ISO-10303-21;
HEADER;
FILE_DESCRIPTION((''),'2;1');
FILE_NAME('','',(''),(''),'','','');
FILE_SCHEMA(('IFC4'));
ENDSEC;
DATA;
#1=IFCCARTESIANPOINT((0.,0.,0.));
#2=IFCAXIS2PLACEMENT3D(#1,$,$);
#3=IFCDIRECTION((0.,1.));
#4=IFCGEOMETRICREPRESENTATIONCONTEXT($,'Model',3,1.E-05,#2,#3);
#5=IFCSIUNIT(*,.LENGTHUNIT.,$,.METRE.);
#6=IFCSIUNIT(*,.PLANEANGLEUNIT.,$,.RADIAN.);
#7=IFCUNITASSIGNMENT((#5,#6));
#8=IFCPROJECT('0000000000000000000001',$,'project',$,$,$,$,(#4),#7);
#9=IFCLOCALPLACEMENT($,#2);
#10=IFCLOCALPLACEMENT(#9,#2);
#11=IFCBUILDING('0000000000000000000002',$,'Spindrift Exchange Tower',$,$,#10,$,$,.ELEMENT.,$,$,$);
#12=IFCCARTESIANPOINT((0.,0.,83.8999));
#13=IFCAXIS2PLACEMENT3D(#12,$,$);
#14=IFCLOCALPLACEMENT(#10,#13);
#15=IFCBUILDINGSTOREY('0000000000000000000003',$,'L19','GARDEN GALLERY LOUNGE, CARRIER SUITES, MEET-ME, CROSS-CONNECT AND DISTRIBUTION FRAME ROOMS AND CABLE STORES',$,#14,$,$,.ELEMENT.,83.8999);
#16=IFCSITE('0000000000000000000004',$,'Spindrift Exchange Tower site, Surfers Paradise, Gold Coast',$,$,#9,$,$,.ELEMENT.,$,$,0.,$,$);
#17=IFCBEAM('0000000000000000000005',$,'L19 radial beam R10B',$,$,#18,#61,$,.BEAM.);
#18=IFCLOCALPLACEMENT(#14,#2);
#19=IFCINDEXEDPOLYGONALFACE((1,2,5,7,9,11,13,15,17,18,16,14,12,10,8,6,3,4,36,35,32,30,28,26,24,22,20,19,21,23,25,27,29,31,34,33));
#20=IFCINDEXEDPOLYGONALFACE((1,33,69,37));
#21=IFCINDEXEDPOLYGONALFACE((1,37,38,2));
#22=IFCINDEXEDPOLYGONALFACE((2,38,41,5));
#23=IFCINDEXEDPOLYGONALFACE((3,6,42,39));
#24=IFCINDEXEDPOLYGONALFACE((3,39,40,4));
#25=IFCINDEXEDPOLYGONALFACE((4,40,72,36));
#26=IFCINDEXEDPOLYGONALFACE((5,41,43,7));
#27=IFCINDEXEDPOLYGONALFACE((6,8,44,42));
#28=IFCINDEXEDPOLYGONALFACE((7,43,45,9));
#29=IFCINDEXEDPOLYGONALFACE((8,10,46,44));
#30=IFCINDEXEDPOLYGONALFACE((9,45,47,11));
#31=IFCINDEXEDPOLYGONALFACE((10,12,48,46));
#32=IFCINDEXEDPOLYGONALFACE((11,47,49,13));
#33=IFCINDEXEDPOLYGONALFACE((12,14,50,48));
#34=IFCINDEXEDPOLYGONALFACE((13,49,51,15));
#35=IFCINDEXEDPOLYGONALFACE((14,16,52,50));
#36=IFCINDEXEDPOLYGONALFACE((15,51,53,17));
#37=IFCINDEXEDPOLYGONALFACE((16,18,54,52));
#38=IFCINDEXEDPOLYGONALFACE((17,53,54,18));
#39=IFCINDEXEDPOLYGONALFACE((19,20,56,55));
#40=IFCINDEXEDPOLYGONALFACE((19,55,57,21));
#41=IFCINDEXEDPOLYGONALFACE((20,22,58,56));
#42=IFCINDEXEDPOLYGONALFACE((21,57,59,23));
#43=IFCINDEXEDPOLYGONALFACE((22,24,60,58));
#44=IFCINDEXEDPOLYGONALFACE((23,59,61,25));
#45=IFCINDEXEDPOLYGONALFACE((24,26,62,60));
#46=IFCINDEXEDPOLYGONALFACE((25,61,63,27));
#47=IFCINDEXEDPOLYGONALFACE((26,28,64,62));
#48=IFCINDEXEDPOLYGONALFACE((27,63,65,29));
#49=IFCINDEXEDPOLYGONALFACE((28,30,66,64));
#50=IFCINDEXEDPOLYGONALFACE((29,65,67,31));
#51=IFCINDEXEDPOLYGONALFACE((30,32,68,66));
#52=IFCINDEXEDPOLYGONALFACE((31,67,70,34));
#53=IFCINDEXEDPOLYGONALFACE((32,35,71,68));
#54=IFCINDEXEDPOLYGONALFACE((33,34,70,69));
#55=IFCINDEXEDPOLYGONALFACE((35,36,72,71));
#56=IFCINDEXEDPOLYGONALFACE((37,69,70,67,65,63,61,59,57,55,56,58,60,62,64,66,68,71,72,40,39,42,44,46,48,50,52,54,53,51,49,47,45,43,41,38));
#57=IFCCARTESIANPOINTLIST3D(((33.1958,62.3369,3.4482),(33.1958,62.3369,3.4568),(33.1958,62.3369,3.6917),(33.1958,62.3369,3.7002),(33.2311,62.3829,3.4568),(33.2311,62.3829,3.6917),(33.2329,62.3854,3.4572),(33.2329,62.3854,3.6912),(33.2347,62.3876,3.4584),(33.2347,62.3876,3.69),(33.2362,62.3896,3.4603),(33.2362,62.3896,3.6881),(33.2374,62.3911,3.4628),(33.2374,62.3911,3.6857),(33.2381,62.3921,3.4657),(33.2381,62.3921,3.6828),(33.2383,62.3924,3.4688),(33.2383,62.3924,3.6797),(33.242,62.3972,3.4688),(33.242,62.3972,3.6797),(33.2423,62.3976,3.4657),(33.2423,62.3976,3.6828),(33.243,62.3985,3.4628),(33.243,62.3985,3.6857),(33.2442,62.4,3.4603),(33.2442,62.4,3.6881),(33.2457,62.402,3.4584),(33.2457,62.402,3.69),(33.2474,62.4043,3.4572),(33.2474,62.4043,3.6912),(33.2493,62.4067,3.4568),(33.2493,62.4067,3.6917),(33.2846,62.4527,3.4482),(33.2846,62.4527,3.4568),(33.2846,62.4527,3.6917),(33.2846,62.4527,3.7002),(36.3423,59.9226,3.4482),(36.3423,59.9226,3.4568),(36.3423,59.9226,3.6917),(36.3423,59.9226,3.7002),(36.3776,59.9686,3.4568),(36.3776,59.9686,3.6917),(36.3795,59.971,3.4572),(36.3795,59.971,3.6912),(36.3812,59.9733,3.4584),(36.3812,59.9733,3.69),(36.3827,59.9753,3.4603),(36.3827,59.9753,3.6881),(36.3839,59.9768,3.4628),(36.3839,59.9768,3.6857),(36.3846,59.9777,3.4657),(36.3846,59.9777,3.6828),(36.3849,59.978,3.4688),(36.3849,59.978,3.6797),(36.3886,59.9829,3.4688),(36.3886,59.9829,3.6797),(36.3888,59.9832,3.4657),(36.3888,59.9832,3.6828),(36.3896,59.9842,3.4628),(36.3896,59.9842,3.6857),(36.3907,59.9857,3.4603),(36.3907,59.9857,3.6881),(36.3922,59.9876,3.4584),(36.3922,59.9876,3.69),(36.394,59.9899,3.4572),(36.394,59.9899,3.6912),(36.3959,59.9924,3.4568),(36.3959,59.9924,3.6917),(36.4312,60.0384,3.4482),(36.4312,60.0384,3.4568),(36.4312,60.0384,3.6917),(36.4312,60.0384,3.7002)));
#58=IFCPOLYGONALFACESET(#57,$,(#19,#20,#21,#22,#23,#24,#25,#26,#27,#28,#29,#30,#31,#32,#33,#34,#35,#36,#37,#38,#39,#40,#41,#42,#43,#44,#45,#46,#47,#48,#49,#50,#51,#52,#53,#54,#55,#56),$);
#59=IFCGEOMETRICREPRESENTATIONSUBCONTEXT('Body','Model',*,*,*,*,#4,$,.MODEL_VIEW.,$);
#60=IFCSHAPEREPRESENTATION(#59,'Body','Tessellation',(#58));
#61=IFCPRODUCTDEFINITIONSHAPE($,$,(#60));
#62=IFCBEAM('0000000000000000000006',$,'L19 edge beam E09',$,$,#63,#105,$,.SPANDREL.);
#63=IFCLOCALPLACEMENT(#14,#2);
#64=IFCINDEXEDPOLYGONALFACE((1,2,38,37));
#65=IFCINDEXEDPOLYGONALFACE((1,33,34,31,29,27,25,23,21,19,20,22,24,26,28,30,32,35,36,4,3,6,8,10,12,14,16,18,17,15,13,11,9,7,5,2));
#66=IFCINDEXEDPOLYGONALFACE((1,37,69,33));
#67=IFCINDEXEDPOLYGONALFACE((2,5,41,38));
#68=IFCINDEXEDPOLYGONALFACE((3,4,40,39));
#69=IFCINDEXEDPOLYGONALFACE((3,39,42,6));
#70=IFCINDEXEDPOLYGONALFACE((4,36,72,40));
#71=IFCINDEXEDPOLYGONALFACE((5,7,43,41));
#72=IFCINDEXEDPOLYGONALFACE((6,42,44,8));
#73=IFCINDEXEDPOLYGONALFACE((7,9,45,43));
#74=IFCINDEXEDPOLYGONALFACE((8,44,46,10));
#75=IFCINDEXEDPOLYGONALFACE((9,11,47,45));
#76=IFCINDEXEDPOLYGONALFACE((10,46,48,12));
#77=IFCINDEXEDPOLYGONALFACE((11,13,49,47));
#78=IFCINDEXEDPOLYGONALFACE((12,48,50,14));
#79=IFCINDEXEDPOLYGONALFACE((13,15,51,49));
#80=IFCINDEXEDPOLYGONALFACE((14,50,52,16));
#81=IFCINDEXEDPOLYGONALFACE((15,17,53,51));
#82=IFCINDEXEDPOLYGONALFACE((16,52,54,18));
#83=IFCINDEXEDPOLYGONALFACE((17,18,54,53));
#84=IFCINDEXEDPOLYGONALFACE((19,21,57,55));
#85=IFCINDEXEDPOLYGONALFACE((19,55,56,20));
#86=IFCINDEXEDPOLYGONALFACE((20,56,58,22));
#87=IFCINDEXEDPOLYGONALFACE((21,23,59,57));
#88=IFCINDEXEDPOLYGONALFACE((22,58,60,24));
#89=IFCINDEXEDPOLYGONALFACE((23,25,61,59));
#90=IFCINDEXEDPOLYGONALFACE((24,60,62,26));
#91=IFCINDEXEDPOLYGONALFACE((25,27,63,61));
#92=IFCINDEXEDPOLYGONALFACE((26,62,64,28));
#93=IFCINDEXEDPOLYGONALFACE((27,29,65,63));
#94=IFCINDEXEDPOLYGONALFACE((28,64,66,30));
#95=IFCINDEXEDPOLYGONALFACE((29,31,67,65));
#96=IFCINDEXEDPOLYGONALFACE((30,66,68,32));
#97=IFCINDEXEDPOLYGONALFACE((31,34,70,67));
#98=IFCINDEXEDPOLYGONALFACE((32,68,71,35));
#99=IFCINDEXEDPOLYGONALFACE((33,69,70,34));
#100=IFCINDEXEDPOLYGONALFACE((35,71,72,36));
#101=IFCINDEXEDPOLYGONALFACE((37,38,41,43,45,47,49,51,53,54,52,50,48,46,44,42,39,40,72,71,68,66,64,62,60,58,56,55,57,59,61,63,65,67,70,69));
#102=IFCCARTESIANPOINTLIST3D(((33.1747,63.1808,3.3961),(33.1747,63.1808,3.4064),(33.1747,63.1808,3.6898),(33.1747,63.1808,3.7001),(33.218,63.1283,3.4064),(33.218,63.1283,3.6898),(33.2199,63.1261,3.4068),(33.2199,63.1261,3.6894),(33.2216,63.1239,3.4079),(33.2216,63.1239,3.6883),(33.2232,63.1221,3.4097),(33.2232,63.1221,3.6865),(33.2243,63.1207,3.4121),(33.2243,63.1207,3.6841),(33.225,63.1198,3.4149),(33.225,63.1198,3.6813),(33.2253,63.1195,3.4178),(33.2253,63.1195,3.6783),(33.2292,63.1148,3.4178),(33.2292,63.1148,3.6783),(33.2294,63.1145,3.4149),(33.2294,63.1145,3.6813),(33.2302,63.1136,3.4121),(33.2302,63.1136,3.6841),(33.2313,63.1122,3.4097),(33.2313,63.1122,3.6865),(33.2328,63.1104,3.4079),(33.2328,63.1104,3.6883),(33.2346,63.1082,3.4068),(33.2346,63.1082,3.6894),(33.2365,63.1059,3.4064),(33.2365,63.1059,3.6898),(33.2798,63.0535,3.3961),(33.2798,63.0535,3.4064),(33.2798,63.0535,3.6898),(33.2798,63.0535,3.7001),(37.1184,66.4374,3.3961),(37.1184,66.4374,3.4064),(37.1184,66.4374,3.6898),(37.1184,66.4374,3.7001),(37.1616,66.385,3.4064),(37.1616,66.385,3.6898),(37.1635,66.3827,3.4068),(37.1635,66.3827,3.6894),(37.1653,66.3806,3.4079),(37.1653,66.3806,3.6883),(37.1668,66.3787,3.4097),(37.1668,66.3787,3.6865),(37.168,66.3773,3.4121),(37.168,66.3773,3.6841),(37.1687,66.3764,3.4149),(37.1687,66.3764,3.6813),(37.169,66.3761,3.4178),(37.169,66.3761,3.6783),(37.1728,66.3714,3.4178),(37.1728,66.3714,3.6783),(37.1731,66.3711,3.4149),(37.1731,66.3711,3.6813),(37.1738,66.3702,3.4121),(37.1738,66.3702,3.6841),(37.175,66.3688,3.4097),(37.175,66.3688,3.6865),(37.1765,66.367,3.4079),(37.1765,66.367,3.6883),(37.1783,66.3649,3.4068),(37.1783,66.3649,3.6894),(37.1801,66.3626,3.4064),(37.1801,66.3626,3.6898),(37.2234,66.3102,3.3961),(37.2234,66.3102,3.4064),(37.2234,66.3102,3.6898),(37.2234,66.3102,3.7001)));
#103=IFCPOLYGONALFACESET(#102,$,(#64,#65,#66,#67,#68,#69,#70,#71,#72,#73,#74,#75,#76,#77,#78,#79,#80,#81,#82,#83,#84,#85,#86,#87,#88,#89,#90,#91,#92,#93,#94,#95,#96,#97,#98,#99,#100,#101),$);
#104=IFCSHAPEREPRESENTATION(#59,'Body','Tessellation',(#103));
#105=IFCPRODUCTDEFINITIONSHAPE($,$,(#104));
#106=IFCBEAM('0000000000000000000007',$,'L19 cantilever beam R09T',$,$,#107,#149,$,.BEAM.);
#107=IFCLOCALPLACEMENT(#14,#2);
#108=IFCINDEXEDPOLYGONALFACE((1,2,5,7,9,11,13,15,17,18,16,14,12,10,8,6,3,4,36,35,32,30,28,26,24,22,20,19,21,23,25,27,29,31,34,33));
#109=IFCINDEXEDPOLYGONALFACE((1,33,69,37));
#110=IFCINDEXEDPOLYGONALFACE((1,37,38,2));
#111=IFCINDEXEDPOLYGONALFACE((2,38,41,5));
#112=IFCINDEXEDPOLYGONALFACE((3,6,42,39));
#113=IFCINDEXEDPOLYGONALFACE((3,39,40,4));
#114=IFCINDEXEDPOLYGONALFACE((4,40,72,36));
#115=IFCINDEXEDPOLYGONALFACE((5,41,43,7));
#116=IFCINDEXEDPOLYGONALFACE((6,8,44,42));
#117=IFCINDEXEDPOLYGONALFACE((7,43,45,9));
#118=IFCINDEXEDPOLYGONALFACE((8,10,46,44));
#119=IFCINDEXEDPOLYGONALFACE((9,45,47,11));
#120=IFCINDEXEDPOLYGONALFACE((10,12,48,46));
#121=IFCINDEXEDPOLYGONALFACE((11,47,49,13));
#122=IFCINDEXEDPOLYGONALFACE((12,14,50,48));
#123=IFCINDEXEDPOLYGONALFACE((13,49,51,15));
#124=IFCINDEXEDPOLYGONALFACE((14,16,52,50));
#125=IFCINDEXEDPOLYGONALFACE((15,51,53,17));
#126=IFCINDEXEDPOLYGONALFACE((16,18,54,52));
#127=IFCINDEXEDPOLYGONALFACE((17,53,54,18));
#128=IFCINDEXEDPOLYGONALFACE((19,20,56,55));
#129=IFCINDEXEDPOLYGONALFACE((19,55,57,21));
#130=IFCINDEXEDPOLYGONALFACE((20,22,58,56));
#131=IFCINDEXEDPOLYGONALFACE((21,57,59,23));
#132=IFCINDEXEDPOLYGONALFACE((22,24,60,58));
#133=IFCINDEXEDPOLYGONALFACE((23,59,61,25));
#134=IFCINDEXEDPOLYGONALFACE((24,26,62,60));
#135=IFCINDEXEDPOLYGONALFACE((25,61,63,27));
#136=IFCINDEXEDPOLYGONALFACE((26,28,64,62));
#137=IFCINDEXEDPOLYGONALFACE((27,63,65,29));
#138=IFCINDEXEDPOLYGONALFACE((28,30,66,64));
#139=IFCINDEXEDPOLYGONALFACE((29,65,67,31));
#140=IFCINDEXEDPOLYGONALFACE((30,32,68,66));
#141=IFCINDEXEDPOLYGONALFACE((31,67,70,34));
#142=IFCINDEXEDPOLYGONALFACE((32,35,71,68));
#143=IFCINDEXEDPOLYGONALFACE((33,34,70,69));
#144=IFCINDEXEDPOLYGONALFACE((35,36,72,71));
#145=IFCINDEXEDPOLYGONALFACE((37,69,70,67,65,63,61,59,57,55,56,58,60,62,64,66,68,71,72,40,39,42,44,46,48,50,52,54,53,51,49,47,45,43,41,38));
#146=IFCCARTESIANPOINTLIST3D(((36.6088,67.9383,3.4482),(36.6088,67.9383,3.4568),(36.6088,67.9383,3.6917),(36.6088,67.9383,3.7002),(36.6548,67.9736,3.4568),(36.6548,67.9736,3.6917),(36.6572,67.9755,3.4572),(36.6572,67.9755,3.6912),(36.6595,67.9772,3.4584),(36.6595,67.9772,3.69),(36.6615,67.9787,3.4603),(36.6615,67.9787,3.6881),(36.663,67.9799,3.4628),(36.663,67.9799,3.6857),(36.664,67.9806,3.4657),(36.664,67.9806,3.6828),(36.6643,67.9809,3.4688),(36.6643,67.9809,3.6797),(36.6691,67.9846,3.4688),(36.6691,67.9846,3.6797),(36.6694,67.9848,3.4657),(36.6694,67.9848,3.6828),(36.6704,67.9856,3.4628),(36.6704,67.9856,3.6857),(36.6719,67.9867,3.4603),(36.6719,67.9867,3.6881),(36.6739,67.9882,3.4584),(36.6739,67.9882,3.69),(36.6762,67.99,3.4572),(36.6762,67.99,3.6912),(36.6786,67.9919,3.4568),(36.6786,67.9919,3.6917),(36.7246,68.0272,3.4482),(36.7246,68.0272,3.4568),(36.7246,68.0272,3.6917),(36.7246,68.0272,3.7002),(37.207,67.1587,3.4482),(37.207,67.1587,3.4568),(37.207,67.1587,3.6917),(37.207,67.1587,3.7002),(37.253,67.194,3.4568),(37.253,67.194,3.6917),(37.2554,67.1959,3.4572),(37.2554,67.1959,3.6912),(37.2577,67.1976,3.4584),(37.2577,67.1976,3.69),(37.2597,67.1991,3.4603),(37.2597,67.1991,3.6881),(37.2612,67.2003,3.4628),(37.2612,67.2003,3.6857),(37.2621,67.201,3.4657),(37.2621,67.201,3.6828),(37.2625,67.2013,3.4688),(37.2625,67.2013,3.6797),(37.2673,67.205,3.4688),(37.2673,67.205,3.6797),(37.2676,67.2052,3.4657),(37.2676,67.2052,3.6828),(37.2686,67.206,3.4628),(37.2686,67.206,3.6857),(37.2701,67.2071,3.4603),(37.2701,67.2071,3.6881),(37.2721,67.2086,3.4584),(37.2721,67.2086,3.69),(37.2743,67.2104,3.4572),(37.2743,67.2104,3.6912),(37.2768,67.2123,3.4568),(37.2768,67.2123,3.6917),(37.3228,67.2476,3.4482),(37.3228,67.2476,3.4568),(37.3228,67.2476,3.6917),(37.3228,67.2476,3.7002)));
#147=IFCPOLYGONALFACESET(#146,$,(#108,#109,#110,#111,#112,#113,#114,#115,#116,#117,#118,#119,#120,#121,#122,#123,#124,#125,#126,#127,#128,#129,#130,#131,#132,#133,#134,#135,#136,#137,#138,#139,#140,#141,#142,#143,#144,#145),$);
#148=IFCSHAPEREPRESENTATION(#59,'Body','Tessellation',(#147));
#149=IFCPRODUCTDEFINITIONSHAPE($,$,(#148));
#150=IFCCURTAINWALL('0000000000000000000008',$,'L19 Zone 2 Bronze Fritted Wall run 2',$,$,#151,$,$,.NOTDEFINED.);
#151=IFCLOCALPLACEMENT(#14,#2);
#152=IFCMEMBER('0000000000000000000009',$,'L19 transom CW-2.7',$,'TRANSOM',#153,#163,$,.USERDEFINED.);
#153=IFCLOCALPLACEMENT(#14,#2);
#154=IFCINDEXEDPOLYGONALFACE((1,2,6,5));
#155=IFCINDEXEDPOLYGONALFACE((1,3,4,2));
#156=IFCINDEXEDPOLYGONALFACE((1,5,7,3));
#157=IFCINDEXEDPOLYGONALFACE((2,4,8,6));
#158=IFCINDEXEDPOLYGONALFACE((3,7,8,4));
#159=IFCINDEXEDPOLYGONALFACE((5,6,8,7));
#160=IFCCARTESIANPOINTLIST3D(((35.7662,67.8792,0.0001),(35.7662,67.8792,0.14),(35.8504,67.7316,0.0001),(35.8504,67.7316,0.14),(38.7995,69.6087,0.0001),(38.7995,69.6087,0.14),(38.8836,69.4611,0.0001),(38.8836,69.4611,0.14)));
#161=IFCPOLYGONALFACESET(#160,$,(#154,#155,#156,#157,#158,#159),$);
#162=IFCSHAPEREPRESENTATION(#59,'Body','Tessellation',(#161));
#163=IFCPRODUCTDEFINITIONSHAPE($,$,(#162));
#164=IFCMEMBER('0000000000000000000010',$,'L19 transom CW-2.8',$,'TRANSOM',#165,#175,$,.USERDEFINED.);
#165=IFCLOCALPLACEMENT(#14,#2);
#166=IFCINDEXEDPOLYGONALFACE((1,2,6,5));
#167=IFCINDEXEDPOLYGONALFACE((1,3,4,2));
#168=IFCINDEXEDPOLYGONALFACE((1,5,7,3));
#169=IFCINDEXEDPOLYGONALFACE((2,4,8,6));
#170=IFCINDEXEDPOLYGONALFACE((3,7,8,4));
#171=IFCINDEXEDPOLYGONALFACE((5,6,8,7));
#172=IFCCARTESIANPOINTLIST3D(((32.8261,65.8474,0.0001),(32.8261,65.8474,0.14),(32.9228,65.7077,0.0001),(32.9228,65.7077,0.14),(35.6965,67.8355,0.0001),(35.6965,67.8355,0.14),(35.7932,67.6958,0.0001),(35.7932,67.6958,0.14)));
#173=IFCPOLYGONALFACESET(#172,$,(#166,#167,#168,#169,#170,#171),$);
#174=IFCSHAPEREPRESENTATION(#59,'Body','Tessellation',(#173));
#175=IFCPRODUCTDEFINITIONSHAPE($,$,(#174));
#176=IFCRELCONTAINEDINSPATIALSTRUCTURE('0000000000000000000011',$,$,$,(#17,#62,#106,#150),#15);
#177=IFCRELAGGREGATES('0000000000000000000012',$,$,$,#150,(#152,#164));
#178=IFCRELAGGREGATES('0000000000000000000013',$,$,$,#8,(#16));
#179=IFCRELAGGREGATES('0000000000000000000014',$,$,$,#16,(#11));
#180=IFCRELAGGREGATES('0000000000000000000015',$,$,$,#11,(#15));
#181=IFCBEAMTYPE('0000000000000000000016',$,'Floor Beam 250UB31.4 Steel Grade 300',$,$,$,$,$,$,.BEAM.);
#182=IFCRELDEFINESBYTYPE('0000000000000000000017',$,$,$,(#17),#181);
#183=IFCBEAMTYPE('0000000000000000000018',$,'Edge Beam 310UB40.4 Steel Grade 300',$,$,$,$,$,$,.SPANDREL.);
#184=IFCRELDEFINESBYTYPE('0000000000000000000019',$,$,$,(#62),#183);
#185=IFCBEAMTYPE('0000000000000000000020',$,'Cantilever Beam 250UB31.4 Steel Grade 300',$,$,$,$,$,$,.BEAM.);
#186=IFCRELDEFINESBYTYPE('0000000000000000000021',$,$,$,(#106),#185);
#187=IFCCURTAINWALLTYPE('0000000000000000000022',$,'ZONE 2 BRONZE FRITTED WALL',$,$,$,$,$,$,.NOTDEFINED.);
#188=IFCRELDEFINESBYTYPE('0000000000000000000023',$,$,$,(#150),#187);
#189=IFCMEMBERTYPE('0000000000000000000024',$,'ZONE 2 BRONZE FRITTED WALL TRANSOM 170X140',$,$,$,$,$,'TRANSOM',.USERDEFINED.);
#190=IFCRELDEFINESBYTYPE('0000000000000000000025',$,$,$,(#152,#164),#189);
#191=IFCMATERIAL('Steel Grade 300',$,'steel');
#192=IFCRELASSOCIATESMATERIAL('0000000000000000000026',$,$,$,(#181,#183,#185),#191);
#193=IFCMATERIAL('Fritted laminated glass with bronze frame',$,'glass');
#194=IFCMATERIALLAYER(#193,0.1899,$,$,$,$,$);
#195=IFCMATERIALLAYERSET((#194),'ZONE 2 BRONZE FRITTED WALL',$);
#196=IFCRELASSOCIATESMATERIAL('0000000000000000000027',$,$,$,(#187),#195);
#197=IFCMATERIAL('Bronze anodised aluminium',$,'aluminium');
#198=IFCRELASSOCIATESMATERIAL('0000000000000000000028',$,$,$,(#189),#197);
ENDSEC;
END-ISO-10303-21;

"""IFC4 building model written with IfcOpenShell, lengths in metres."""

from ifc_helpers import new_model, si_unit, direction, frame, origin, origin_2d, place, context, subcontext, project, spatial, rectangle, i_section, extrude, source, transform, mapped, material, layer, layer_set, material_profile, profile_set, type_object, element, aggregate, save


model = new_model("IFC4")

# Units and contexts
model_context = context("Model", 3, precision=1e-05, world=origin(), true_north=direction((0.0, 1.0)))
body_context = subcontext(model_context, "Body", "Model", "MODEL_VIEW")
ifc_project = project(units=[si_unit("LENGTHUNIT", "METRE"), si_unit("PLANEANGLEUNIT", "RADIAN")], contexts=[model_context])

# Site, building, storey
site_placement = place(None, origin())
site = spatial("IfcSite", under=ifc_project, at=site_placement, Name="Spindrift Exchange Tower site, Surfers Paradise, Gold Coast", CompositionType="ELEMENT", RefElevation=0.0)
building_placement = place(site_placement, origin())
building = spatial("IfcBuilding", under=site, at=building_placement, Name="Spindrift Exchange Tower", CompositionType="ELEMENT")
storey_placement = place(building_placement, frame((0.0, 0.0, 83.8999)))
storey = spatial("IfcBuildingStorey", under=building, at=storey_placement, Name="L19", Description="GARDEN GALLERY LOUNGE, CARRIER SUITES, MEET-ME, CROSS-CONNECT AND DISTRIBUTION FRAME ROOMS AND CABLE STORES", CompositionType="ELEMENT", Elevation=83.8999)

# Beams
ifc_material_1 = material(Name="Steel Grade 300", Category="steel")
ifc_material_profile_1 = material_profile(ifc_material_1, i_section(OverallWidth=0.146, OverallDepth=0.252, WebThickness=0.0061, FlangeThickness=0.0085, FilletRadius=0.012, at=origin_2d()), Name="250UB31.4")
ifc_profile_set_1 = profile_set([ifc_material_profile_1], Name="Steel Grade 300")
beam_type_1 = type_object("IfcBeamType", Name="Floor Beam 250UB31.4 Steel Grade 300", PredefinedType="BEAM", material=ifc_profile_set_1)
shared_shape_1 = source(origin(), body_context, "Body", "SweptSolid", [
    extrude(i_section(OverallWidth=0.146, OverallDepth=0.252, WebThickness=0.0061, FlangeThickness=0.0085, FilletRadius=0.012, at=origin_2d()), origin(), (0.0, 0.0, 1.0), 3.9661),
])
beam_1_placement = place(storey_placement, frame((36.3867, 59.9805, 3.5742), z_axis=(-0.793363, 0.608749, 0.0), x_axis=(-0.608749, -0.793363, 0.0)))
element("IfcBeam", 1, at=beam_1_placement, inside=storey, type_object=beam_type_1, Name="L19 radial beam R10B", PredefinedType="BEAM", context=body_context, shape_type="MappedRepresentation", body=[
    mapped(shared_shape_1, transform((0.0, 0.0, 0.0), scale=1.0)),
])
ifc_material_profile_2 = material_profile(ifc_material_1, i_section(OverallWidth=0.165, OverallDepth=0.304, WebThickness=0.0061, FlangeThickness=0.0103, FilletRadius=0.0115, at=origin_2d()), Name="310UB40.4")
ifc_profile_set_2 = profile_set([ifc_material_profile_2], Name="Steel Grade 300")
beam_type_2 = type_object("IfcBeamType", Name="Edge Beam 310UB40.4 Steel Grade 300", PredefinedType="SPANDREL", material=ifc_profile_set_2)
shared_shape_2 = source(origin(), body_context, "Body", "SweptSolid", [
    extrude(i_section(OverallWidth=0.165, OverallDepth=0.304, WebThickness=0.0061, FlangeThickness=0.0103, FilletRadius=0.0115, at=origin_2d()), origin(), (0.0, 0.0, 1.0), 5.1145),
])
beam_2_placement = place(storey_placement, frame((37.1709, 66.3738, 3.5481), z_axis=(-0.771074, -0.636746, 0.0), x_axis=(0.636746, -0.771074, 0.0)))
element("IfcBeam", 2, at=beam_2_placement, inside=storey, type_object=beam_type_2, Name="L19 edge beam E09", PredefinedType="SPANDREL", context=body_context, shape_type="MappedRepresentation", body=[
    mapped(shared_shape_2, transform((0.0, 0.0, 0.0), scale=1.0)),
])
ifc_material_profile_3 = material_profile(ifc_material_1, i_section(OverallWidth=0.146, OverallDepth=0.252, WebThickness=0.0061, FlangeThickness=0.0085, FilletRadius=0.012, at=origin_2d()), Name="250UB31.4")
ifc_profile_set_3 = profile_set([ifc_material_profile_3], Name="Steel Grade 300")
beam_type_3 = type_object("IfcBeamType", Name="Cantilever Beam 250UB31.4 Steel Grade 300", PredefinedType="BEAM", material=ifc_profile_set_3)
shared_shape_3 = source(origin(), body_context, "Body", "SweptSolid", [
    extrude(i_section(OverallWidth=0.146, OverallDepth=0.252, WebThickness=0.0061, FlangeThickness=0.0085, FilletRadius=0.012, at=origin_2d()), origin(), (0.0, 0.0, 1.0), 0.9827),
])
beam_3_placement = place(storey_placement, frame((37.2649, 67.2031, 3.5742), z_axis=(-0.60875, 0.793362, 0.0), x_axis=(-0.793362, -0.60875, 0.0)))
element("IfcBeam", 3, at=beam_3_placement, inside=storey, type_object=beam_type_3, Name="L19 cantilever beam R09T", PredefinedType="BEAM", context=body_context, shape_type="MappedRepresentation", body=[
    mapped(shared_shape_3, transform((0.0, 0.0, 0.0), scale=1.0)),
])

# Curtain wall, members
ifc_material_2 = material(Name="Fritted laminated glass with bronze frame", Category="glass")
ifc_layer_1 = layer(ifc_material_2, 0.1899)
ifc_layer_set_1 = layer_set([ifc_layer_1], Name="ZONE 2 BRONZE FRITTED WALL")
curtain_wall_type = type_object("IfcCurtainWallType", Name="ZONE 2 BRONZE FRITTED WALL", PredefinedType="NOTDEFINED", material=ifc_layer_set_1)
curtain_wall_1_placement = place(storey_placement, origin())
curtain_wall_1 = element("IfcCurtainWall", 4, at=curtain_wall_1_placement, inside=storey, type_object=curtain_wall_type, Name="L19 Zone 2 Bronze Fritted Wall run 2", PredefinedType="NOTDEFINED")
ifc_material_3 = material(Name="Bronze anodised aluminium", Category="aluminium")
ifc_material_profile_4 = material_profile(ifc_material_3, rectangle(XDim=0.1699, YDim=0.1399, at=origin_2d()), Name="ZONE 2 BRONZE FRITTED WALL TRANSOM 170X140")
ifc_profile_set_4 = profile_set([ifc_material_profile_4], Name="Bronze anodised aluminium")
member_type_1 = type_object("IfcMemberType", Name="ZONE 2 BRONZE FRITTED WALL TRANSOM 170X140", ElementType="TRANSOM", PredefinedType="USERDEFINED", material=ifc_profile_set_4)
shared_shape_4 = source(origin(), body_context, "Body", "SweptSolid", [
    extrude(rectangle(XDim=0.1699, YDim=0.1399, at=origin_2d()), origin(), (0.0, 0.0, 1.0), 3.4917),
])
member_1_placement = place(storey_placement, frame((38.8416, 69.5349, 0.0701), z_axis=(-0.868707, -0.495325, 0.0), x_axis=(0.495325, -0.868707, 0.0)))
member_1 = element("IfcMember", 5, at=member_1_placement, type_object=member_type_1, Name="L19 transom CW-2.7", ObjectType="TRANSOM", PredefinedType="USERDEFINED", context=body_context, shape_type="MappedRepresentation", body=[
    mapped(shared_shape_4, transform((0.0, 0.0, 0.0), scale=1.0)),
])
member_2_placement = place(storey_placement, frame((35.7449, 67.7656, 0.0701), z_axis=(-0.822076, -0.569377, 0.0), x_axis=(0.569377, -0.822076, 0.0)))
member_2 = element("IfcMember", 6, at=member_2_placement, type_object=member_type_1, Name="L19 transom CW-2.8", ObjectType="TRANSOM", PredefinedType="USERDEFINED", context=body_context, shape_type="MappedRepresentation", body=[
    mapped(shared_shape_4, transform((0.0, 0.0, 0.0), scale=1.0)),
])

aggregate(curtain_wall_1, [member_1, member_2])

save(model, "model.ifc")
